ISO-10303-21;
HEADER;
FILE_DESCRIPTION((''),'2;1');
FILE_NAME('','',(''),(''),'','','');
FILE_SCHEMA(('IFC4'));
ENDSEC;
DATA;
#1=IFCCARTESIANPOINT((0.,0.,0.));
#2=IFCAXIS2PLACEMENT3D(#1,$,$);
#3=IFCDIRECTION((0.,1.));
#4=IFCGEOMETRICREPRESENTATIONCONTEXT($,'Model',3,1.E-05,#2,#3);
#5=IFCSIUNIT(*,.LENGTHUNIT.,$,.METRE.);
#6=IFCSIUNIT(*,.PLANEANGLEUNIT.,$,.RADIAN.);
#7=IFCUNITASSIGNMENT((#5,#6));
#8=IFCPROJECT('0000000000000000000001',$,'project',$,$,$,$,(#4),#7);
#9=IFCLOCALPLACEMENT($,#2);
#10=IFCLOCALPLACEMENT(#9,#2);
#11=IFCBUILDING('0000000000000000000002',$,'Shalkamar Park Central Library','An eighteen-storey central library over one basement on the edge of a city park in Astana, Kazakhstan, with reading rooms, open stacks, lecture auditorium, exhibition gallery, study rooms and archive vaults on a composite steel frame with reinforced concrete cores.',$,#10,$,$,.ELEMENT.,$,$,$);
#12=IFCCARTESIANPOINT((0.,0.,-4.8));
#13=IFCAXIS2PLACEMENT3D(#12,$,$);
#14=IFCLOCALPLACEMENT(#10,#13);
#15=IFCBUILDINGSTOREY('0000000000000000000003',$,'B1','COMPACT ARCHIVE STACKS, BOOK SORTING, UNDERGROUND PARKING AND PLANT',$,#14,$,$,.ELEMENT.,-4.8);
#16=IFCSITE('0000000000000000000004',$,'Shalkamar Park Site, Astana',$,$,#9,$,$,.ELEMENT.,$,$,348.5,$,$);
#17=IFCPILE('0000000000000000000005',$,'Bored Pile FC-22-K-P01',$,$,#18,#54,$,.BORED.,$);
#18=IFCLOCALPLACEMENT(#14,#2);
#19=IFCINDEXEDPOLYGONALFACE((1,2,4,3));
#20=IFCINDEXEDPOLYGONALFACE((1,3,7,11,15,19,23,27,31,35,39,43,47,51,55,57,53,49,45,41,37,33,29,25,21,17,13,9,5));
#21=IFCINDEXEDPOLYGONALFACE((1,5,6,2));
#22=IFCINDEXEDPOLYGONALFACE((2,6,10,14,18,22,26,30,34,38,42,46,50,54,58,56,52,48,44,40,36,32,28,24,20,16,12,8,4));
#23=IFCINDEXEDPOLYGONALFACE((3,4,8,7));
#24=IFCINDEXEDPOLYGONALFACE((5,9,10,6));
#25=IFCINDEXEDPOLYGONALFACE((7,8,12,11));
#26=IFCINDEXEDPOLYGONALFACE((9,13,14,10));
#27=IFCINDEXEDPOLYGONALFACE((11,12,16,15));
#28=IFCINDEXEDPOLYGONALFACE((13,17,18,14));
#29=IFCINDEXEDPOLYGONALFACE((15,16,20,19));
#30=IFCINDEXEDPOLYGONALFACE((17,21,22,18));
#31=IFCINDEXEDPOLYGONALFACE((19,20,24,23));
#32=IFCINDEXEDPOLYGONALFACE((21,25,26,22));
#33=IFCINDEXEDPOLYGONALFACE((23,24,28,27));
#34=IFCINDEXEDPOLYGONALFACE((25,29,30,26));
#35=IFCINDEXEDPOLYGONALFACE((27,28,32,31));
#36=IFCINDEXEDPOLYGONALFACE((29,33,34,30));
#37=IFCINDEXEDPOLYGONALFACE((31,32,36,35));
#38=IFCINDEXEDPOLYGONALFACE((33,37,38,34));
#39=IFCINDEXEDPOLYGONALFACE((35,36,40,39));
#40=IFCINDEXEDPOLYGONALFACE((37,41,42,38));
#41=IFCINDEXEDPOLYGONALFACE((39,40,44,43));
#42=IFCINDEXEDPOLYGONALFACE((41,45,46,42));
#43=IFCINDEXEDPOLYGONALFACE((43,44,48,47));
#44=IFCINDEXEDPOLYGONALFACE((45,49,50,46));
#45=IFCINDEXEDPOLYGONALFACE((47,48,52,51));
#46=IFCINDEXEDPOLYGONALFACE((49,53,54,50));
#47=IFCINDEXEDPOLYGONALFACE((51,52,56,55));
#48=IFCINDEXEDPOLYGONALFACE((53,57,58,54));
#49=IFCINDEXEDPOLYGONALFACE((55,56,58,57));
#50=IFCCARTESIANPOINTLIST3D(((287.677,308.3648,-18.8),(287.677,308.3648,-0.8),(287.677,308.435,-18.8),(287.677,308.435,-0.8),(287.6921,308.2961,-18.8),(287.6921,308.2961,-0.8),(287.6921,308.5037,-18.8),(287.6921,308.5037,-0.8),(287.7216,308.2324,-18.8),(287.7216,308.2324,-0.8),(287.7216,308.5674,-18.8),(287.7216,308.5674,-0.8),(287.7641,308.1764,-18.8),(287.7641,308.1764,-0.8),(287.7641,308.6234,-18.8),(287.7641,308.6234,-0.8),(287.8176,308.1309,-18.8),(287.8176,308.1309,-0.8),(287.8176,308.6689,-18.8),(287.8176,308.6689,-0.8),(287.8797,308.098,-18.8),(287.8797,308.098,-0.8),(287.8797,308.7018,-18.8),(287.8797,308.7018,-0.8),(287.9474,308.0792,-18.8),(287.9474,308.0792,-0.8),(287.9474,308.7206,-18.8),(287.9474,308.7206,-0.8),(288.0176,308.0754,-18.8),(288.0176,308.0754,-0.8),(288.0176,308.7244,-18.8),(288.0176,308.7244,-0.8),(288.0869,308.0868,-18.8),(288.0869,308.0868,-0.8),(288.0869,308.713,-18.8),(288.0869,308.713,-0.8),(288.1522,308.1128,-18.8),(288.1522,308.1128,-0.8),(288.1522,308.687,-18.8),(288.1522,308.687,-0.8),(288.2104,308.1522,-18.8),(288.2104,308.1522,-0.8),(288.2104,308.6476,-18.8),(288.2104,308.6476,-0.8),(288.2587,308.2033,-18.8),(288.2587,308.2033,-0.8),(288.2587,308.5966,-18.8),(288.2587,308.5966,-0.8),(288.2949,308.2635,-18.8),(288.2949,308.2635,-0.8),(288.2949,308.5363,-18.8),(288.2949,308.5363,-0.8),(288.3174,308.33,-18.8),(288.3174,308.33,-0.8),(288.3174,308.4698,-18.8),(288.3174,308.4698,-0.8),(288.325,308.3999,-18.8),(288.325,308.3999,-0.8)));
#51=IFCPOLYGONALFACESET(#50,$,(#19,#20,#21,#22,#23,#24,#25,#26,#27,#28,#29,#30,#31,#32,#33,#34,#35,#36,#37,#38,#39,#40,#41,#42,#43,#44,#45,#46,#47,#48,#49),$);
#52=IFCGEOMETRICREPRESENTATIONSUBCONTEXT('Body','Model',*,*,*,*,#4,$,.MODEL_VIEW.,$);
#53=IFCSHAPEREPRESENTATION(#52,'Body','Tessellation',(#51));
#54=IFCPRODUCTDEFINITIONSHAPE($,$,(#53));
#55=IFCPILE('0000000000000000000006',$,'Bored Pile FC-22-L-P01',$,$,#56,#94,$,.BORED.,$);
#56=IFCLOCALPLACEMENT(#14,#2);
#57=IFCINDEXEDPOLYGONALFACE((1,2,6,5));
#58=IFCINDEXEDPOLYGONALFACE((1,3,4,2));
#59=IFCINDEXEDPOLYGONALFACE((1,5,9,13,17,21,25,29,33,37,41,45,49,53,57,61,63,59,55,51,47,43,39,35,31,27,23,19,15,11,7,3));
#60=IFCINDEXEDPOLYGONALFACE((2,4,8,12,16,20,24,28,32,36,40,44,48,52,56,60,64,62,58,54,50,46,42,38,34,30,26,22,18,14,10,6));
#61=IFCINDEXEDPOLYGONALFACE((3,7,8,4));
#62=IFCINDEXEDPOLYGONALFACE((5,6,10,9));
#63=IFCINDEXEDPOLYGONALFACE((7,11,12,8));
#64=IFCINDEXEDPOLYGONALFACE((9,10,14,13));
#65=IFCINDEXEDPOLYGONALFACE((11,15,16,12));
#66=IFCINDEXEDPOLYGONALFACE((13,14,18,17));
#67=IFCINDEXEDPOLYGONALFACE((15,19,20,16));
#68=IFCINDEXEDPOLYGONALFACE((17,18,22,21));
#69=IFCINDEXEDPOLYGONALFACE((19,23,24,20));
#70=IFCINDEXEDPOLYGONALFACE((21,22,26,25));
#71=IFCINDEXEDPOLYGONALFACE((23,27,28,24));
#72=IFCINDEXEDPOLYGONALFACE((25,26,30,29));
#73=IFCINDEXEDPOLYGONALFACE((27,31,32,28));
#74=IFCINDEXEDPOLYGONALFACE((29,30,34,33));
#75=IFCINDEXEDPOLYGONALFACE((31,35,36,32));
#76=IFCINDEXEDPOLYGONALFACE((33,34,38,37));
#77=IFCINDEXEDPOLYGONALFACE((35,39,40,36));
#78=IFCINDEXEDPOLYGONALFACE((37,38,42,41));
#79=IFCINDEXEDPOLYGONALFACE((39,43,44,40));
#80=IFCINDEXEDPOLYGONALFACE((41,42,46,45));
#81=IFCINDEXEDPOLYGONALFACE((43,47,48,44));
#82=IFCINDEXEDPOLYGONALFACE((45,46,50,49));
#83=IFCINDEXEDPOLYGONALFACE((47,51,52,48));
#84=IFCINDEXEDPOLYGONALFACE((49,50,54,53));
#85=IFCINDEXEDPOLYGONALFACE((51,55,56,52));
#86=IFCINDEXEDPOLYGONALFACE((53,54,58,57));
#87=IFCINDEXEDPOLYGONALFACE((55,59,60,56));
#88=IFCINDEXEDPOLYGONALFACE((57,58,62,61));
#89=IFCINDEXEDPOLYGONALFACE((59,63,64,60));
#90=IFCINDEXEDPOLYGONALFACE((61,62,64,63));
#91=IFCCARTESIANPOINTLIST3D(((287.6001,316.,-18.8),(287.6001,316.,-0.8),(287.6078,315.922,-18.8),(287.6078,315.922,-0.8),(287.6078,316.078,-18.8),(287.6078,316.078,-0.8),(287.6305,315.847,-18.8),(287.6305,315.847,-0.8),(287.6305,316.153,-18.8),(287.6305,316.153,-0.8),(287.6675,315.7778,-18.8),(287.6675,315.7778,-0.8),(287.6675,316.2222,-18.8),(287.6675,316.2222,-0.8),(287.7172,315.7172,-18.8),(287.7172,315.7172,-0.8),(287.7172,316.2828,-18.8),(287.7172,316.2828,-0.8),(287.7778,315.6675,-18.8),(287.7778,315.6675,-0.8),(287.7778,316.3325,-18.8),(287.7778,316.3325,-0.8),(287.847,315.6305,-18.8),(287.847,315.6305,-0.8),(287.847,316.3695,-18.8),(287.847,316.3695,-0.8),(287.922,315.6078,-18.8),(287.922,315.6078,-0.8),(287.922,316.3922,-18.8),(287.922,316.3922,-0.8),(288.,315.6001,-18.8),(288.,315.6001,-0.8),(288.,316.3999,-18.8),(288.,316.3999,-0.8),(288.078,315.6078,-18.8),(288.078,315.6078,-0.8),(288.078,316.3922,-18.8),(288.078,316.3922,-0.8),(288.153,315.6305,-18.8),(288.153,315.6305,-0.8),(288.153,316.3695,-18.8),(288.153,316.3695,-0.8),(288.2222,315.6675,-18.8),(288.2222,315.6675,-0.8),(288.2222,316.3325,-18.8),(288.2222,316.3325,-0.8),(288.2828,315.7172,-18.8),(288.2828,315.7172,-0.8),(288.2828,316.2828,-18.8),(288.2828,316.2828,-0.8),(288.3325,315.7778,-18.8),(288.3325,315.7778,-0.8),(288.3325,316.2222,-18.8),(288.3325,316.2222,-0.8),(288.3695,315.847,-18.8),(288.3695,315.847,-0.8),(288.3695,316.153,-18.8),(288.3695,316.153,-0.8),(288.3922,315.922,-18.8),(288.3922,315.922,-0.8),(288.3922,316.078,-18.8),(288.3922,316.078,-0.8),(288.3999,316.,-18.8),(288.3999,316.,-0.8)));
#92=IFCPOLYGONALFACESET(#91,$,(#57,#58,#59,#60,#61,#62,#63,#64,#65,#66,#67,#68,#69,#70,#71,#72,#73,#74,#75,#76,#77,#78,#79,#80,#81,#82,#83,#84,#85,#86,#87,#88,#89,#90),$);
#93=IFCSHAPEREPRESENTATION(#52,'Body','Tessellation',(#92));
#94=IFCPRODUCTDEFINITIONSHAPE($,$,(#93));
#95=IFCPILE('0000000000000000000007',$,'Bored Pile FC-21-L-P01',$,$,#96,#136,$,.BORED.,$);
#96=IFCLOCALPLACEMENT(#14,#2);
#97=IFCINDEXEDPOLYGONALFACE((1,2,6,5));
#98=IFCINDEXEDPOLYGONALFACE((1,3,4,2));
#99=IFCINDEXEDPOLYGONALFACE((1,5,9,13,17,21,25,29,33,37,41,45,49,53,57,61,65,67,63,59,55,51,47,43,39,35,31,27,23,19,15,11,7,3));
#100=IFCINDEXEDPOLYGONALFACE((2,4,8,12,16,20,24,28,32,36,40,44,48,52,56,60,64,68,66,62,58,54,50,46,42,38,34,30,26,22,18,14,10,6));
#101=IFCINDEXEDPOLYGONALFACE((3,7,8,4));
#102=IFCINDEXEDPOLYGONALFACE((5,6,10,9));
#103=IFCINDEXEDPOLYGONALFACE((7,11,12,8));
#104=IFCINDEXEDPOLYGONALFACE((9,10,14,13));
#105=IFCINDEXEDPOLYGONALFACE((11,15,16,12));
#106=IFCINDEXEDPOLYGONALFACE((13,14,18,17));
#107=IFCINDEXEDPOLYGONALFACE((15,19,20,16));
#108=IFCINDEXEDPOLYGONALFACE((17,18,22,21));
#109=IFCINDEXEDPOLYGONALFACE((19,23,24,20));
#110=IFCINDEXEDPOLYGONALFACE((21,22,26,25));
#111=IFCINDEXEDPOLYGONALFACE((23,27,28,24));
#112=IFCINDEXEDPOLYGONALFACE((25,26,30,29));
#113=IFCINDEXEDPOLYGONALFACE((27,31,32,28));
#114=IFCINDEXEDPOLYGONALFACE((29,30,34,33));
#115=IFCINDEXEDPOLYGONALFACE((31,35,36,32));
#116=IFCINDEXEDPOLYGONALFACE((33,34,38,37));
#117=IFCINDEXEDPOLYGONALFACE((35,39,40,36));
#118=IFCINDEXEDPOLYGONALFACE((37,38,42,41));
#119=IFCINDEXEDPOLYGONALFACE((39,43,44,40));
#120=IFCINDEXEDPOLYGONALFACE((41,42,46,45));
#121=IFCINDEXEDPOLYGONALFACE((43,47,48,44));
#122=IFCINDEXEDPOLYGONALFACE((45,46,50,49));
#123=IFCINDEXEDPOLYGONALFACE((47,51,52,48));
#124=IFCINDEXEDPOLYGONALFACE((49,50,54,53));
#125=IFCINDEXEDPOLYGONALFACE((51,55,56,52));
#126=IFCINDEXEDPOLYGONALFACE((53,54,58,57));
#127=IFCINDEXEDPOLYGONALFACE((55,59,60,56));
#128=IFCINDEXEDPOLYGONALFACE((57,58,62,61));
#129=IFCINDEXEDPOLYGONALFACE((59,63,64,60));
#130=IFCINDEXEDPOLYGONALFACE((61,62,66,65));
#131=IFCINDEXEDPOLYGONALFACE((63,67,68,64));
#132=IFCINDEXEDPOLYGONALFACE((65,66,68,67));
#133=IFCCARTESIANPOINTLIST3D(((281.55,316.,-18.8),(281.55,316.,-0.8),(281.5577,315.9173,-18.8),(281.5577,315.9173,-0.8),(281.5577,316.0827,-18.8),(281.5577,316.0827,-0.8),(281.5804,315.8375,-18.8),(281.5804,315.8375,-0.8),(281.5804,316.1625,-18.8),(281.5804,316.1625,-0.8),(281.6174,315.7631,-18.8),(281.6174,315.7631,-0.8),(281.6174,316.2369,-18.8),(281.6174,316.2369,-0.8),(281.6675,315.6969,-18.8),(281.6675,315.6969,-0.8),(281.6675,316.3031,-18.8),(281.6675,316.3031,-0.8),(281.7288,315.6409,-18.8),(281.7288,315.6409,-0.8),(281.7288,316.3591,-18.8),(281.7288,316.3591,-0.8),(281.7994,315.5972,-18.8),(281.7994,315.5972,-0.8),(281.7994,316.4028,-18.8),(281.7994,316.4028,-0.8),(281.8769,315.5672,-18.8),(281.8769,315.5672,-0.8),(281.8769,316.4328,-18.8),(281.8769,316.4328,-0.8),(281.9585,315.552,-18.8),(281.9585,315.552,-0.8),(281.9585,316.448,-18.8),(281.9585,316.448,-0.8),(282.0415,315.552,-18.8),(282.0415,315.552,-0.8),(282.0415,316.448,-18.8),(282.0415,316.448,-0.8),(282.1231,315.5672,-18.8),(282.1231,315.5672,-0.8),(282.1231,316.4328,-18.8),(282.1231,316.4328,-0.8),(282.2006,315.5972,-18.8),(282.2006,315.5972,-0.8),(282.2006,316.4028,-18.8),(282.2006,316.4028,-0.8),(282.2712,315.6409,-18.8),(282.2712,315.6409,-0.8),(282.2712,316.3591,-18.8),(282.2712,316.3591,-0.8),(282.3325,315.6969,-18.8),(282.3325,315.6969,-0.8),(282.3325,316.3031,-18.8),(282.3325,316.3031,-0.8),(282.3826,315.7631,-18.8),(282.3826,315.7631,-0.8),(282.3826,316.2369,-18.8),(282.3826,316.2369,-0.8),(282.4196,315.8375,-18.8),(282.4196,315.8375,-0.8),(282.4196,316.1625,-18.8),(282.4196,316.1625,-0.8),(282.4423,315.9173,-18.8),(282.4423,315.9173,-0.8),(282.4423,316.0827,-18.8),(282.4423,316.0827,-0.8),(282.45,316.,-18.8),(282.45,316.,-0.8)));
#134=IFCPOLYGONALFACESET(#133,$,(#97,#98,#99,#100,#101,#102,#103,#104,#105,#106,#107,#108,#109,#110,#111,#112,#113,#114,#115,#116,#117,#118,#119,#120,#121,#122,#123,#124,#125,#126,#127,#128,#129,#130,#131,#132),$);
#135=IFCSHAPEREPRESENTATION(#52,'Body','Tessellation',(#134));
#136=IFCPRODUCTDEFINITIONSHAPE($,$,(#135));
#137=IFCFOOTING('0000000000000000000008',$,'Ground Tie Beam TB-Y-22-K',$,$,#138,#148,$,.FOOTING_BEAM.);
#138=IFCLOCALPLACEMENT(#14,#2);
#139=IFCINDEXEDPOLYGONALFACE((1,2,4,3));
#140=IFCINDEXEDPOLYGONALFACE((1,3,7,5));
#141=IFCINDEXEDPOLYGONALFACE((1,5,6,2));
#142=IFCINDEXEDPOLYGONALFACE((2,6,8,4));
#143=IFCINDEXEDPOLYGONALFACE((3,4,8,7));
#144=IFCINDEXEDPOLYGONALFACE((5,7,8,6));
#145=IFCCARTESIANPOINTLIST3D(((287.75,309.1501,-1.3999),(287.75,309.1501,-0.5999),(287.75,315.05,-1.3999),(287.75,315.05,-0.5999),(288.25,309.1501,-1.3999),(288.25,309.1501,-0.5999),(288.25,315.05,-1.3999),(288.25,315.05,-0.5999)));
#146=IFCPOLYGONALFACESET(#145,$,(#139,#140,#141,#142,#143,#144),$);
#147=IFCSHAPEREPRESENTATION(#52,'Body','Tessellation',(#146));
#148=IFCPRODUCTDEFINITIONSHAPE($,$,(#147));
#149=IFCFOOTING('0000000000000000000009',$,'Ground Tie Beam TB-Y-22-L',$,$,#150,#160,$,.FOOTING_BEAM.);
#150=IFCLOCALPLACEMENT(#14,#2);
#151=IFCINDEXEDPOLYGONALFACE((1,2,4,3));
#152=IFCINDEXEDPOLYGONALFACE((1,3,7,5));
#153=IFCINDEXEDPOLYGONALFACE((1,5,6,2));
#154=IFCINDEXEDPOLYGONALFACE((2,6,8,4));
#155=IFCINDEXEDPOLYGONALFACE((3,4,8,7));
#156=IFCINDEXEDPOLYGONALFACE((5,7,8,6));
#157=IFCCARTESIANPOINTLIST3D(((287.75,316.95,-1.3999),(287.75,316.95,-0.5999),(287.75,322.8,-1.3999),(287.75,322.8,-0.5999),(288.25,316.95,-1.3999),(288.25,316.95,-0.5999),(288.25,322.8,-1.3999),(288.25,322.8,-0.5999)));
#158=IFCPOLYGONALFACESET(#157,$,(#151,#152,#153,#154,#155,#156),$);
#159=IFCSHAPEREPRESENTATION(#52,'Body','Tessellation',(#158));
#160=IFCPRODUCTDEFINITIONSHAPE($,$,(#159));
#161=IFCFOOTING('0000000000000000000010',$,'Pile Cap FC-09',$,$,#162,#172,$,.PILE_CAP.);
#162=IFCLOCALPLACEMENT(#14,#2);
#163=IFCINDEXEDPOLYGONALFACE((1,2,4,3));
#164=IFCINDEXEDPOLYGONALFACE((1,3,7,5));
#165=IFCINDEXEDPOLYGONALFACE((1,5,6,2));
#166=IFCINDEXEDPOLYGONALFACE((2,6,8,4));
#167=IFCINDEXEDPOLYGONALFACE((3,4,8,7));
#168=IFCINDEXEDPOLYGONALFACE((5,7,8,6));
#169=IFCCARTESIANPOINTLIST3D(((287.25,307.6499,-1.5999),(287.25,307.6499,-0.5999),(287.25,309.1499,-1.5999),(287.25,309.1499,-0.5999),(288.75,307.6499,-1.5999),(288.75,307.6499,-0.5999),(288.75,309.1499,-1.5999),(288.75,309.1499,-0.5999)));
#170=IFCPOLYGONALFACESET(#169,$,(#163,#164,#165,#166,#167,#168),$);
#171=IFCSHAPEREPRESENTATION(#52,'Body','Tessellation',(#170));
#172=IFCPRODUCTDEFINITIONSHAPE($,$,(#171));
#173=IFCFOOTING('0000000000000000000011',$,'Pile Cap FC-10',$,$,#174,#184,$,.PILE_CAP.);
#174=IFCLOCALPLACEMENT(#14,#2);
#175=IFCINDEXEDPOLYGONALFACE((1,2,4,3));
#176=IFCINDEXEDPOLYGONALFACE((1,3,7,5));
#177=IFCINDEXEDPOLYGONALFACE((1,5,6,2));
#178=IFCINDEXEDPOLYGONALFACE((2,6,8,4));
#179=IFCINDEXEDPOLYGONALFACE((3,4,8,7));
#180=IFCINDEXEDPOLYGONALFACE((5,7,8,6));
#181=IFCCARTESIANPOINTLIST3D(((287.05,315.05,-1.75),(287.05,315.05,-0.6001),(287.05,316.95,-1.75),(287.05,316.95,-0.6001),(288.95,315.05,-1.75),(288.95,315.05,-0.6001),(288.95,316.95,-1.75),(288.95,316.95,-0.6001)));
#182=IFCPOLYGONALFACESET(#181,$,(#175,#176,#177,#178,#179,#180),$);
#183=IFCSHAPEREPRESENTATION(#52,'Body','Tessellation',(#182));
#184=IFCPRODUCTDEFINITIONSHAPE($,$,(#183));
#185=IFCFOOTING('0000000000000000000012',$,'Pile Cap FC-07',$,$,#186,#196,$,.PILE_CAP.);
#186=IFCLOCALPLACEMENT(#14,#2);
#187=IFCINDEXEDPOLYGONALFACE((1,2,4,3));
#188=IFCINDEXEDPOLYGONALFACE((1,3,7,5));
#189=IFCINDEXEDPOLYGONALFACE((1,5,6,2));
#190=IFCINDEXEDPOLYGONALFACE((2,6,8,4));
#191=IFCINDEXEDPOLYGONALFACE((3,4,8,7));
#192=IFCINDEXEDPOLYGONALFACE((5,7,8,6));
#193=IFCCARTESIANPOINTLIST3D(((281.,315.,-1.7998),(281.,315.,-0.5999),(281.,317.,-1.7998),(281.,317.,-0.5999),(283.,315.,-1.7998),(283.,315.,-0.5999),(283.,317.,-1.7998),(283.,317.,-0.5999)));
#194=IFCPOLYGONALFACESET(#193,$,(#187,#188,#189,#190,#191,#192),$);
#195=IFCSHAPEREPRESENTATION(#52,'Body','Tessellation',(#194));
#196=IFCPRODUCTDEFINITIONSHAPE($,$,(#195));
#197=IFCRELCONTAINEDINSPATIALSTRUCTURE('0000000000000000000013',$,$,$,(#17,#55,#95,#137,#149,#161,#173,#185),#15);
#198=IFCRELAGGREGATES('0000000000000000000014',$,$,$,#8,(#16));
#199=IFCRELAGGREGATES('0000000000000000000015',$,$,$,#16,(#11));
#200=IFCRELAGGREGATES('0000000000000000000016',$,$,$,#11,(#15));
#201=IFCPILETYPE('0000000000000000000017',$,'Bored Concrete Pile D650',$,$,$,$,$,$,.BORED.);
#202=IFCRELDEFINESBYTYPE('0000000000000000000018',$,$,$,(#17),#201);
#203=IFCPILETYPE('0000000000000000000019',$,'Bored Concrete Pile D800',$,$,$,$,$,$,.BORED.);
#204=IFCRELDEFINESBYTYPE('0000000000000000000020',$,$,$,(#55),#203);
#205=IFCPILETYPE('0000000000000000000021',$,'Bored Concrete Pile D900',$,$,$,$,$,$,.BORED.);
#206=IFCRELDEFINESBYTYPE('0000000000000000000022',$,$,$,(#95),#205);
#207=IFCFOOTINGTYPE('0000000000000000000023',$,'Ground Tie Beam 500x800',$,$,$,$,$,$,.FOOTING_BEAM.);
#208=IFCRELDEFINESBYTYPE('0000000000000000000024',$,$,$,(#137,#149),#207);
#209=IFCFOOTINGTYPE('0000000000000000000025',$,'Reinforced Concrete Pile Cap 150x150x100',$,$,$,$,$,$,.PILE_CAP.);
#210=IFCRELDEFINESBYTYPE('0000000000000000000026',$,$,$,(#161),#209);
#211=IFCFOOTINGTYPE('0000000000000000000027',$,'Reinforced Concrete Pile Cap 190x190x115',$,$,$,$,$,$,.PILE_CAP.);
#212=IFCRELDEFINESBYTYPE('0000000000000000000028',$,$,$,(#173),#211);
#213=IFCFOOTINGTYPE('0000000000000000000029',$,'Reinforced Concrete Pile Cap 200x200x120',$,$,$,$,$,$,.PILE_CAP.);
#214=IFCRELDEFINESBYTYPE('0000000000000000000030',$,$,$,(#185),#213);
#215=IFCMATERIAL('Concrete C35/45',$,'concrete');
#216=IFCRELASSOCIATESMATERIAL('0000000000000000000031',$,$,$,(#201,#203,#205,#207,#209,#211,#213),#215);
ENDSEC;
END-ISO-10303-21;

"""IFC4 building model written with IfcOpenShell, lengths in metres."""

from ifc_helpers import new_model, si_unit, direction, frame, origin, origin_2d, place, context, subcontext, project, spatial, rectangle, circle, extrude, material, material_profile, profile_set, type_object, element, save


model = new_model("IFC4")

# Units and contexts
model_context = context("Model", 3, precision=1e-05, world=origin(), true_north=direction((0.0, 1.0)))
body_context = subcontext(model_context, "Body", "Model", "MODEL_VIEW")
ifc_project = project(units=[si_unit("LENGTHUNIT", "METRE"), si_unit("PLANEANGLEUNIT", "RADIAN")], contexts=[model_context])

# Site, building, storey
site_placement = place(None, origin())
site = spatial("IfcSite", under=ifc_project, at=site_placement, Name="Shalkamar Park Site, Astana", CompositionType="ELEMENT", RefElevation=348.5)
building_placement = place(site_placement, origin())
building = spatial("IfcBuilding", under=site, at=building_placement, Name="Shalkamar Park Central Library", Description="An eighteen-storey central library over one basement on the edge of a city park in Astana, Kazakhstan, with reading rooms, open stacks, lecture auditorium, exhibition gallery, study rooms and archive vaults on a composite steel frame with reinforced concrete cores.", CompositionType="ELEMENT")
storey_placement = place(building_placement, frame((0.0, 0.0, -4.8)))
storey = spatial("IfcBuildingStorey", under=building, at=storey_placement, Name="B1", Description="COMPACT ARCHIVE STACKS, BOOK SORTING, UNDERGROUND PARKING AND PLANT", CompositionType="ELEMENT", Elevation=-4.8)

# Piles
ifc_material_1 = material(Name="Concrete C35/45", Category="concrete")
ifc_material_profile_1 = material_profile(ifc_material_1, circle(Radius=0.325, at=origin_2d()), Name="PILE D650")
ifc_profile_set_1 = profile_set([ifc_material_profile_1], Name="Concrete C35/45")
pile_type_1 = type_object("IfcPileType", Name="Bored Concrete Pile D650", PredefinedType="BORED", material=ifc_profile_set_1)
pile_1_placement = place(storey_placement, frame((288.0, 308.3999, -0.8), z_axis=(0.0, 0.0, -1.0), x_axis=(1.0, 0.0, 0.0)))
element("IfcPile", 1, at=pile_1_placement, inside=storey, type_object=pile_type_1, Name="Bored Pile FC-22-K-P01", PredefinedType="BORED", context=body_context, shape_type="SweptSolid", body=[
    extrude(circle(Radius=0.325, at=origin_2d()), origin(), (0.0, 0.0, 1.0), 18.0),
])
ifc_material_profile_2 = material_profile(ifc_material_1, circle(Radius=0.3999, at=origin_2d()), Name="PILE D800")
ifc_profile_set_2 = profile_set([ifc_material_profile_2], Name="Concrete C35/45")
pile_type_2 = type_object("IfcPileType", Name="Bored Concrete Pile D800", PredefinedType="BORED", material=ifc_profile_set_2)
pile_2_placement = place(storey_placement, frame((288.0, 316.0, -0.8), z_axis=(0.0, 0.0, -1.0), x_axis=(1.0, 0.0, 0.0)))
element("IfcPile", 2, at=pile_2_placement, inside=storey, type_object=pile_type_2, Name="Bored Pile FC-22-L-P01", PredefinedType="BORED", context=body_context, shape_type="SweptSolid", body=[
    extrude(circle(Radius=0.3999, at=origin_2d()), origin(), (0.0, 0.0, 1.0), 18.0),
])
ifc_material_profile_3 = material_profile(ifc_material_1, circle(Radius=0.45, at=origin_2d()), Name="PILE D900")
ifc_profile_set_3 = profile_set([ifc_material_profile_3], Name="Concrete C35/45")
pile_type_3 = type_object("IfcPileType", Name="Bored Concrete Pile D900", PredefinedType="BORED", material=ifc_profile_set_3)
pile_3_placement = place(storey_placement, frame((282.0, 316.0, -0.8), z_axis=(0.0, 0.0, -1.0), x_axis=(1.0, 0.0, 0.0)))
element("IfcPile", 3, at=pile_3_placement, inside=storey, type_object=pile_type_3, Name="Bored Pile FC-21-L-P01", PredefinedType="BORED", context=body_context, shape_type="SweptSolid", body=[
    extrude(circle(Radius=0.45, at=origin_2d()), origin(), (0.0, 0.0, 1.0), 18.0),
])

# Footings
footing_type_1 = type_object("IfcFootingType", Name="Ground Tie Beam 500x800", PredefinedType="FOOTING_BEAM", material=ifc_material_1)
footing_1_placement = place(storey_placement, frame((288.0, 312.1001, -1.3999), z_axis=(0.0, 0.0, 1.0), x_axis=(0.0, 1.0, 0.0)))
element("IfcFooting", 4, at=footing_1_placement, inside=storey, type_object=footing_type_1, Name="Ground Tie Beam TB-Y-22-K", PredefinedType="FOOTING_BEAM", context=body_context, shape_type="SweptSolid", body=[
    extrude(rectangle(XDim=5.8999, YDim=0.5, at=origin_2d()), origin(), (0.0, 0.0, 1.0), 0.8),
])
footing_2_placement = place(storey_placement, frame((288.0, 319.875, -1.3999), z_axis=(0.0, 0.0, 1.0), x_axis=(0.0, 1.0, 0.0)))
element("IfcFooting", 5, at=footing_2_placement, inside=storey, type_object=footing_type_1, Name="Ground Tie Beam TB-Y-22-L", PredefinedType="FOOTING_BEAM", context=body_context, shape_type="SweptSolid", body=[
    extrude(rectangle(XDim=5.8501, YDim=0.5, at=origin_2d()), origin(), (0.0, 0.0, 1.0), 0.8),
])
footing_type_2 = type_object("IfcFootingType", Name="Reinforced Concrete Pile Cap 150x150x100", PredefinedType="PILE_CAP", material=ifc_material_1)
footing_3_placement = place(storey_placement, frame((288.0, 308.3999, -1.5999), z_axis=(0.0, 0.0, 1.0), x_axis=(1.0, 0.0, 0.0)))
element("IfcFooting", 6, at=footing_3_placement, inside=storey, type_object=footing_type_2, Name="Pile Cap FC-09", PredefinedType="PILE_CAP", context=body_context, shape_type="SweptSolid", body=[
    extrude(rectangle(XDim=1.5, YDim=1.5, at=origin_2d()), origin(), (0.0, 0.0, 1.0), 1.0),
])
footing_type_3 = type_object("IfcFootingType", Name="Reinforced Concrete Pile Cap 190x190x115", PredefinedType="PILE_CAP", material=ifc_material_1)
footing_4_placement = place(storey_placement, frame((288.0, 316.0, -1.75), z_axis=(0.0, 0.0, 1.0), x_axis=(1.0, 0.0, 0.0)))
element("IfcFooting", 7, at=footing_4_placement, inside=storey, type_object=footing_type_3, Name="Pile Cap FC-10", PredefinedType="PILE_CAP", context=body_context, shape_type="SweptSolid", body=[
    extrude(rectangle(XDim=1.8999, YDim=1.8999, at=origin_2d()), origin(), (0.0, 0.0, 1.0), 1.1499),
])
footing_type_4 = type_object("IfcFootingType", Name="Reinforced Concrete Pile Cap 200x200x120", PredefinedType="PILE_CAP", material=ifc_material_1)
footing_5_placement = place(storey_placement, frame((282.0, 316.0, -1.7998), z_axis=(0.0, 0.0, 1.0), x_axis=(1.0, 0.0, 0.0)))
element("IfcFooting", 8, at=footing_5_placement, inside=storey, type_object=footing_type_4, Name="Pile Cap FC-07", PredefinedType="PILE_CAP", context=body_context, shape_type="SweptSolid", body=[
    extrude(rectangle(XDim=2.0, YDim=2.0, at=origin_2d()), origin(), (0.0, 0.0, 1.0), 1.2),
])

save(model, "model.ifc")
